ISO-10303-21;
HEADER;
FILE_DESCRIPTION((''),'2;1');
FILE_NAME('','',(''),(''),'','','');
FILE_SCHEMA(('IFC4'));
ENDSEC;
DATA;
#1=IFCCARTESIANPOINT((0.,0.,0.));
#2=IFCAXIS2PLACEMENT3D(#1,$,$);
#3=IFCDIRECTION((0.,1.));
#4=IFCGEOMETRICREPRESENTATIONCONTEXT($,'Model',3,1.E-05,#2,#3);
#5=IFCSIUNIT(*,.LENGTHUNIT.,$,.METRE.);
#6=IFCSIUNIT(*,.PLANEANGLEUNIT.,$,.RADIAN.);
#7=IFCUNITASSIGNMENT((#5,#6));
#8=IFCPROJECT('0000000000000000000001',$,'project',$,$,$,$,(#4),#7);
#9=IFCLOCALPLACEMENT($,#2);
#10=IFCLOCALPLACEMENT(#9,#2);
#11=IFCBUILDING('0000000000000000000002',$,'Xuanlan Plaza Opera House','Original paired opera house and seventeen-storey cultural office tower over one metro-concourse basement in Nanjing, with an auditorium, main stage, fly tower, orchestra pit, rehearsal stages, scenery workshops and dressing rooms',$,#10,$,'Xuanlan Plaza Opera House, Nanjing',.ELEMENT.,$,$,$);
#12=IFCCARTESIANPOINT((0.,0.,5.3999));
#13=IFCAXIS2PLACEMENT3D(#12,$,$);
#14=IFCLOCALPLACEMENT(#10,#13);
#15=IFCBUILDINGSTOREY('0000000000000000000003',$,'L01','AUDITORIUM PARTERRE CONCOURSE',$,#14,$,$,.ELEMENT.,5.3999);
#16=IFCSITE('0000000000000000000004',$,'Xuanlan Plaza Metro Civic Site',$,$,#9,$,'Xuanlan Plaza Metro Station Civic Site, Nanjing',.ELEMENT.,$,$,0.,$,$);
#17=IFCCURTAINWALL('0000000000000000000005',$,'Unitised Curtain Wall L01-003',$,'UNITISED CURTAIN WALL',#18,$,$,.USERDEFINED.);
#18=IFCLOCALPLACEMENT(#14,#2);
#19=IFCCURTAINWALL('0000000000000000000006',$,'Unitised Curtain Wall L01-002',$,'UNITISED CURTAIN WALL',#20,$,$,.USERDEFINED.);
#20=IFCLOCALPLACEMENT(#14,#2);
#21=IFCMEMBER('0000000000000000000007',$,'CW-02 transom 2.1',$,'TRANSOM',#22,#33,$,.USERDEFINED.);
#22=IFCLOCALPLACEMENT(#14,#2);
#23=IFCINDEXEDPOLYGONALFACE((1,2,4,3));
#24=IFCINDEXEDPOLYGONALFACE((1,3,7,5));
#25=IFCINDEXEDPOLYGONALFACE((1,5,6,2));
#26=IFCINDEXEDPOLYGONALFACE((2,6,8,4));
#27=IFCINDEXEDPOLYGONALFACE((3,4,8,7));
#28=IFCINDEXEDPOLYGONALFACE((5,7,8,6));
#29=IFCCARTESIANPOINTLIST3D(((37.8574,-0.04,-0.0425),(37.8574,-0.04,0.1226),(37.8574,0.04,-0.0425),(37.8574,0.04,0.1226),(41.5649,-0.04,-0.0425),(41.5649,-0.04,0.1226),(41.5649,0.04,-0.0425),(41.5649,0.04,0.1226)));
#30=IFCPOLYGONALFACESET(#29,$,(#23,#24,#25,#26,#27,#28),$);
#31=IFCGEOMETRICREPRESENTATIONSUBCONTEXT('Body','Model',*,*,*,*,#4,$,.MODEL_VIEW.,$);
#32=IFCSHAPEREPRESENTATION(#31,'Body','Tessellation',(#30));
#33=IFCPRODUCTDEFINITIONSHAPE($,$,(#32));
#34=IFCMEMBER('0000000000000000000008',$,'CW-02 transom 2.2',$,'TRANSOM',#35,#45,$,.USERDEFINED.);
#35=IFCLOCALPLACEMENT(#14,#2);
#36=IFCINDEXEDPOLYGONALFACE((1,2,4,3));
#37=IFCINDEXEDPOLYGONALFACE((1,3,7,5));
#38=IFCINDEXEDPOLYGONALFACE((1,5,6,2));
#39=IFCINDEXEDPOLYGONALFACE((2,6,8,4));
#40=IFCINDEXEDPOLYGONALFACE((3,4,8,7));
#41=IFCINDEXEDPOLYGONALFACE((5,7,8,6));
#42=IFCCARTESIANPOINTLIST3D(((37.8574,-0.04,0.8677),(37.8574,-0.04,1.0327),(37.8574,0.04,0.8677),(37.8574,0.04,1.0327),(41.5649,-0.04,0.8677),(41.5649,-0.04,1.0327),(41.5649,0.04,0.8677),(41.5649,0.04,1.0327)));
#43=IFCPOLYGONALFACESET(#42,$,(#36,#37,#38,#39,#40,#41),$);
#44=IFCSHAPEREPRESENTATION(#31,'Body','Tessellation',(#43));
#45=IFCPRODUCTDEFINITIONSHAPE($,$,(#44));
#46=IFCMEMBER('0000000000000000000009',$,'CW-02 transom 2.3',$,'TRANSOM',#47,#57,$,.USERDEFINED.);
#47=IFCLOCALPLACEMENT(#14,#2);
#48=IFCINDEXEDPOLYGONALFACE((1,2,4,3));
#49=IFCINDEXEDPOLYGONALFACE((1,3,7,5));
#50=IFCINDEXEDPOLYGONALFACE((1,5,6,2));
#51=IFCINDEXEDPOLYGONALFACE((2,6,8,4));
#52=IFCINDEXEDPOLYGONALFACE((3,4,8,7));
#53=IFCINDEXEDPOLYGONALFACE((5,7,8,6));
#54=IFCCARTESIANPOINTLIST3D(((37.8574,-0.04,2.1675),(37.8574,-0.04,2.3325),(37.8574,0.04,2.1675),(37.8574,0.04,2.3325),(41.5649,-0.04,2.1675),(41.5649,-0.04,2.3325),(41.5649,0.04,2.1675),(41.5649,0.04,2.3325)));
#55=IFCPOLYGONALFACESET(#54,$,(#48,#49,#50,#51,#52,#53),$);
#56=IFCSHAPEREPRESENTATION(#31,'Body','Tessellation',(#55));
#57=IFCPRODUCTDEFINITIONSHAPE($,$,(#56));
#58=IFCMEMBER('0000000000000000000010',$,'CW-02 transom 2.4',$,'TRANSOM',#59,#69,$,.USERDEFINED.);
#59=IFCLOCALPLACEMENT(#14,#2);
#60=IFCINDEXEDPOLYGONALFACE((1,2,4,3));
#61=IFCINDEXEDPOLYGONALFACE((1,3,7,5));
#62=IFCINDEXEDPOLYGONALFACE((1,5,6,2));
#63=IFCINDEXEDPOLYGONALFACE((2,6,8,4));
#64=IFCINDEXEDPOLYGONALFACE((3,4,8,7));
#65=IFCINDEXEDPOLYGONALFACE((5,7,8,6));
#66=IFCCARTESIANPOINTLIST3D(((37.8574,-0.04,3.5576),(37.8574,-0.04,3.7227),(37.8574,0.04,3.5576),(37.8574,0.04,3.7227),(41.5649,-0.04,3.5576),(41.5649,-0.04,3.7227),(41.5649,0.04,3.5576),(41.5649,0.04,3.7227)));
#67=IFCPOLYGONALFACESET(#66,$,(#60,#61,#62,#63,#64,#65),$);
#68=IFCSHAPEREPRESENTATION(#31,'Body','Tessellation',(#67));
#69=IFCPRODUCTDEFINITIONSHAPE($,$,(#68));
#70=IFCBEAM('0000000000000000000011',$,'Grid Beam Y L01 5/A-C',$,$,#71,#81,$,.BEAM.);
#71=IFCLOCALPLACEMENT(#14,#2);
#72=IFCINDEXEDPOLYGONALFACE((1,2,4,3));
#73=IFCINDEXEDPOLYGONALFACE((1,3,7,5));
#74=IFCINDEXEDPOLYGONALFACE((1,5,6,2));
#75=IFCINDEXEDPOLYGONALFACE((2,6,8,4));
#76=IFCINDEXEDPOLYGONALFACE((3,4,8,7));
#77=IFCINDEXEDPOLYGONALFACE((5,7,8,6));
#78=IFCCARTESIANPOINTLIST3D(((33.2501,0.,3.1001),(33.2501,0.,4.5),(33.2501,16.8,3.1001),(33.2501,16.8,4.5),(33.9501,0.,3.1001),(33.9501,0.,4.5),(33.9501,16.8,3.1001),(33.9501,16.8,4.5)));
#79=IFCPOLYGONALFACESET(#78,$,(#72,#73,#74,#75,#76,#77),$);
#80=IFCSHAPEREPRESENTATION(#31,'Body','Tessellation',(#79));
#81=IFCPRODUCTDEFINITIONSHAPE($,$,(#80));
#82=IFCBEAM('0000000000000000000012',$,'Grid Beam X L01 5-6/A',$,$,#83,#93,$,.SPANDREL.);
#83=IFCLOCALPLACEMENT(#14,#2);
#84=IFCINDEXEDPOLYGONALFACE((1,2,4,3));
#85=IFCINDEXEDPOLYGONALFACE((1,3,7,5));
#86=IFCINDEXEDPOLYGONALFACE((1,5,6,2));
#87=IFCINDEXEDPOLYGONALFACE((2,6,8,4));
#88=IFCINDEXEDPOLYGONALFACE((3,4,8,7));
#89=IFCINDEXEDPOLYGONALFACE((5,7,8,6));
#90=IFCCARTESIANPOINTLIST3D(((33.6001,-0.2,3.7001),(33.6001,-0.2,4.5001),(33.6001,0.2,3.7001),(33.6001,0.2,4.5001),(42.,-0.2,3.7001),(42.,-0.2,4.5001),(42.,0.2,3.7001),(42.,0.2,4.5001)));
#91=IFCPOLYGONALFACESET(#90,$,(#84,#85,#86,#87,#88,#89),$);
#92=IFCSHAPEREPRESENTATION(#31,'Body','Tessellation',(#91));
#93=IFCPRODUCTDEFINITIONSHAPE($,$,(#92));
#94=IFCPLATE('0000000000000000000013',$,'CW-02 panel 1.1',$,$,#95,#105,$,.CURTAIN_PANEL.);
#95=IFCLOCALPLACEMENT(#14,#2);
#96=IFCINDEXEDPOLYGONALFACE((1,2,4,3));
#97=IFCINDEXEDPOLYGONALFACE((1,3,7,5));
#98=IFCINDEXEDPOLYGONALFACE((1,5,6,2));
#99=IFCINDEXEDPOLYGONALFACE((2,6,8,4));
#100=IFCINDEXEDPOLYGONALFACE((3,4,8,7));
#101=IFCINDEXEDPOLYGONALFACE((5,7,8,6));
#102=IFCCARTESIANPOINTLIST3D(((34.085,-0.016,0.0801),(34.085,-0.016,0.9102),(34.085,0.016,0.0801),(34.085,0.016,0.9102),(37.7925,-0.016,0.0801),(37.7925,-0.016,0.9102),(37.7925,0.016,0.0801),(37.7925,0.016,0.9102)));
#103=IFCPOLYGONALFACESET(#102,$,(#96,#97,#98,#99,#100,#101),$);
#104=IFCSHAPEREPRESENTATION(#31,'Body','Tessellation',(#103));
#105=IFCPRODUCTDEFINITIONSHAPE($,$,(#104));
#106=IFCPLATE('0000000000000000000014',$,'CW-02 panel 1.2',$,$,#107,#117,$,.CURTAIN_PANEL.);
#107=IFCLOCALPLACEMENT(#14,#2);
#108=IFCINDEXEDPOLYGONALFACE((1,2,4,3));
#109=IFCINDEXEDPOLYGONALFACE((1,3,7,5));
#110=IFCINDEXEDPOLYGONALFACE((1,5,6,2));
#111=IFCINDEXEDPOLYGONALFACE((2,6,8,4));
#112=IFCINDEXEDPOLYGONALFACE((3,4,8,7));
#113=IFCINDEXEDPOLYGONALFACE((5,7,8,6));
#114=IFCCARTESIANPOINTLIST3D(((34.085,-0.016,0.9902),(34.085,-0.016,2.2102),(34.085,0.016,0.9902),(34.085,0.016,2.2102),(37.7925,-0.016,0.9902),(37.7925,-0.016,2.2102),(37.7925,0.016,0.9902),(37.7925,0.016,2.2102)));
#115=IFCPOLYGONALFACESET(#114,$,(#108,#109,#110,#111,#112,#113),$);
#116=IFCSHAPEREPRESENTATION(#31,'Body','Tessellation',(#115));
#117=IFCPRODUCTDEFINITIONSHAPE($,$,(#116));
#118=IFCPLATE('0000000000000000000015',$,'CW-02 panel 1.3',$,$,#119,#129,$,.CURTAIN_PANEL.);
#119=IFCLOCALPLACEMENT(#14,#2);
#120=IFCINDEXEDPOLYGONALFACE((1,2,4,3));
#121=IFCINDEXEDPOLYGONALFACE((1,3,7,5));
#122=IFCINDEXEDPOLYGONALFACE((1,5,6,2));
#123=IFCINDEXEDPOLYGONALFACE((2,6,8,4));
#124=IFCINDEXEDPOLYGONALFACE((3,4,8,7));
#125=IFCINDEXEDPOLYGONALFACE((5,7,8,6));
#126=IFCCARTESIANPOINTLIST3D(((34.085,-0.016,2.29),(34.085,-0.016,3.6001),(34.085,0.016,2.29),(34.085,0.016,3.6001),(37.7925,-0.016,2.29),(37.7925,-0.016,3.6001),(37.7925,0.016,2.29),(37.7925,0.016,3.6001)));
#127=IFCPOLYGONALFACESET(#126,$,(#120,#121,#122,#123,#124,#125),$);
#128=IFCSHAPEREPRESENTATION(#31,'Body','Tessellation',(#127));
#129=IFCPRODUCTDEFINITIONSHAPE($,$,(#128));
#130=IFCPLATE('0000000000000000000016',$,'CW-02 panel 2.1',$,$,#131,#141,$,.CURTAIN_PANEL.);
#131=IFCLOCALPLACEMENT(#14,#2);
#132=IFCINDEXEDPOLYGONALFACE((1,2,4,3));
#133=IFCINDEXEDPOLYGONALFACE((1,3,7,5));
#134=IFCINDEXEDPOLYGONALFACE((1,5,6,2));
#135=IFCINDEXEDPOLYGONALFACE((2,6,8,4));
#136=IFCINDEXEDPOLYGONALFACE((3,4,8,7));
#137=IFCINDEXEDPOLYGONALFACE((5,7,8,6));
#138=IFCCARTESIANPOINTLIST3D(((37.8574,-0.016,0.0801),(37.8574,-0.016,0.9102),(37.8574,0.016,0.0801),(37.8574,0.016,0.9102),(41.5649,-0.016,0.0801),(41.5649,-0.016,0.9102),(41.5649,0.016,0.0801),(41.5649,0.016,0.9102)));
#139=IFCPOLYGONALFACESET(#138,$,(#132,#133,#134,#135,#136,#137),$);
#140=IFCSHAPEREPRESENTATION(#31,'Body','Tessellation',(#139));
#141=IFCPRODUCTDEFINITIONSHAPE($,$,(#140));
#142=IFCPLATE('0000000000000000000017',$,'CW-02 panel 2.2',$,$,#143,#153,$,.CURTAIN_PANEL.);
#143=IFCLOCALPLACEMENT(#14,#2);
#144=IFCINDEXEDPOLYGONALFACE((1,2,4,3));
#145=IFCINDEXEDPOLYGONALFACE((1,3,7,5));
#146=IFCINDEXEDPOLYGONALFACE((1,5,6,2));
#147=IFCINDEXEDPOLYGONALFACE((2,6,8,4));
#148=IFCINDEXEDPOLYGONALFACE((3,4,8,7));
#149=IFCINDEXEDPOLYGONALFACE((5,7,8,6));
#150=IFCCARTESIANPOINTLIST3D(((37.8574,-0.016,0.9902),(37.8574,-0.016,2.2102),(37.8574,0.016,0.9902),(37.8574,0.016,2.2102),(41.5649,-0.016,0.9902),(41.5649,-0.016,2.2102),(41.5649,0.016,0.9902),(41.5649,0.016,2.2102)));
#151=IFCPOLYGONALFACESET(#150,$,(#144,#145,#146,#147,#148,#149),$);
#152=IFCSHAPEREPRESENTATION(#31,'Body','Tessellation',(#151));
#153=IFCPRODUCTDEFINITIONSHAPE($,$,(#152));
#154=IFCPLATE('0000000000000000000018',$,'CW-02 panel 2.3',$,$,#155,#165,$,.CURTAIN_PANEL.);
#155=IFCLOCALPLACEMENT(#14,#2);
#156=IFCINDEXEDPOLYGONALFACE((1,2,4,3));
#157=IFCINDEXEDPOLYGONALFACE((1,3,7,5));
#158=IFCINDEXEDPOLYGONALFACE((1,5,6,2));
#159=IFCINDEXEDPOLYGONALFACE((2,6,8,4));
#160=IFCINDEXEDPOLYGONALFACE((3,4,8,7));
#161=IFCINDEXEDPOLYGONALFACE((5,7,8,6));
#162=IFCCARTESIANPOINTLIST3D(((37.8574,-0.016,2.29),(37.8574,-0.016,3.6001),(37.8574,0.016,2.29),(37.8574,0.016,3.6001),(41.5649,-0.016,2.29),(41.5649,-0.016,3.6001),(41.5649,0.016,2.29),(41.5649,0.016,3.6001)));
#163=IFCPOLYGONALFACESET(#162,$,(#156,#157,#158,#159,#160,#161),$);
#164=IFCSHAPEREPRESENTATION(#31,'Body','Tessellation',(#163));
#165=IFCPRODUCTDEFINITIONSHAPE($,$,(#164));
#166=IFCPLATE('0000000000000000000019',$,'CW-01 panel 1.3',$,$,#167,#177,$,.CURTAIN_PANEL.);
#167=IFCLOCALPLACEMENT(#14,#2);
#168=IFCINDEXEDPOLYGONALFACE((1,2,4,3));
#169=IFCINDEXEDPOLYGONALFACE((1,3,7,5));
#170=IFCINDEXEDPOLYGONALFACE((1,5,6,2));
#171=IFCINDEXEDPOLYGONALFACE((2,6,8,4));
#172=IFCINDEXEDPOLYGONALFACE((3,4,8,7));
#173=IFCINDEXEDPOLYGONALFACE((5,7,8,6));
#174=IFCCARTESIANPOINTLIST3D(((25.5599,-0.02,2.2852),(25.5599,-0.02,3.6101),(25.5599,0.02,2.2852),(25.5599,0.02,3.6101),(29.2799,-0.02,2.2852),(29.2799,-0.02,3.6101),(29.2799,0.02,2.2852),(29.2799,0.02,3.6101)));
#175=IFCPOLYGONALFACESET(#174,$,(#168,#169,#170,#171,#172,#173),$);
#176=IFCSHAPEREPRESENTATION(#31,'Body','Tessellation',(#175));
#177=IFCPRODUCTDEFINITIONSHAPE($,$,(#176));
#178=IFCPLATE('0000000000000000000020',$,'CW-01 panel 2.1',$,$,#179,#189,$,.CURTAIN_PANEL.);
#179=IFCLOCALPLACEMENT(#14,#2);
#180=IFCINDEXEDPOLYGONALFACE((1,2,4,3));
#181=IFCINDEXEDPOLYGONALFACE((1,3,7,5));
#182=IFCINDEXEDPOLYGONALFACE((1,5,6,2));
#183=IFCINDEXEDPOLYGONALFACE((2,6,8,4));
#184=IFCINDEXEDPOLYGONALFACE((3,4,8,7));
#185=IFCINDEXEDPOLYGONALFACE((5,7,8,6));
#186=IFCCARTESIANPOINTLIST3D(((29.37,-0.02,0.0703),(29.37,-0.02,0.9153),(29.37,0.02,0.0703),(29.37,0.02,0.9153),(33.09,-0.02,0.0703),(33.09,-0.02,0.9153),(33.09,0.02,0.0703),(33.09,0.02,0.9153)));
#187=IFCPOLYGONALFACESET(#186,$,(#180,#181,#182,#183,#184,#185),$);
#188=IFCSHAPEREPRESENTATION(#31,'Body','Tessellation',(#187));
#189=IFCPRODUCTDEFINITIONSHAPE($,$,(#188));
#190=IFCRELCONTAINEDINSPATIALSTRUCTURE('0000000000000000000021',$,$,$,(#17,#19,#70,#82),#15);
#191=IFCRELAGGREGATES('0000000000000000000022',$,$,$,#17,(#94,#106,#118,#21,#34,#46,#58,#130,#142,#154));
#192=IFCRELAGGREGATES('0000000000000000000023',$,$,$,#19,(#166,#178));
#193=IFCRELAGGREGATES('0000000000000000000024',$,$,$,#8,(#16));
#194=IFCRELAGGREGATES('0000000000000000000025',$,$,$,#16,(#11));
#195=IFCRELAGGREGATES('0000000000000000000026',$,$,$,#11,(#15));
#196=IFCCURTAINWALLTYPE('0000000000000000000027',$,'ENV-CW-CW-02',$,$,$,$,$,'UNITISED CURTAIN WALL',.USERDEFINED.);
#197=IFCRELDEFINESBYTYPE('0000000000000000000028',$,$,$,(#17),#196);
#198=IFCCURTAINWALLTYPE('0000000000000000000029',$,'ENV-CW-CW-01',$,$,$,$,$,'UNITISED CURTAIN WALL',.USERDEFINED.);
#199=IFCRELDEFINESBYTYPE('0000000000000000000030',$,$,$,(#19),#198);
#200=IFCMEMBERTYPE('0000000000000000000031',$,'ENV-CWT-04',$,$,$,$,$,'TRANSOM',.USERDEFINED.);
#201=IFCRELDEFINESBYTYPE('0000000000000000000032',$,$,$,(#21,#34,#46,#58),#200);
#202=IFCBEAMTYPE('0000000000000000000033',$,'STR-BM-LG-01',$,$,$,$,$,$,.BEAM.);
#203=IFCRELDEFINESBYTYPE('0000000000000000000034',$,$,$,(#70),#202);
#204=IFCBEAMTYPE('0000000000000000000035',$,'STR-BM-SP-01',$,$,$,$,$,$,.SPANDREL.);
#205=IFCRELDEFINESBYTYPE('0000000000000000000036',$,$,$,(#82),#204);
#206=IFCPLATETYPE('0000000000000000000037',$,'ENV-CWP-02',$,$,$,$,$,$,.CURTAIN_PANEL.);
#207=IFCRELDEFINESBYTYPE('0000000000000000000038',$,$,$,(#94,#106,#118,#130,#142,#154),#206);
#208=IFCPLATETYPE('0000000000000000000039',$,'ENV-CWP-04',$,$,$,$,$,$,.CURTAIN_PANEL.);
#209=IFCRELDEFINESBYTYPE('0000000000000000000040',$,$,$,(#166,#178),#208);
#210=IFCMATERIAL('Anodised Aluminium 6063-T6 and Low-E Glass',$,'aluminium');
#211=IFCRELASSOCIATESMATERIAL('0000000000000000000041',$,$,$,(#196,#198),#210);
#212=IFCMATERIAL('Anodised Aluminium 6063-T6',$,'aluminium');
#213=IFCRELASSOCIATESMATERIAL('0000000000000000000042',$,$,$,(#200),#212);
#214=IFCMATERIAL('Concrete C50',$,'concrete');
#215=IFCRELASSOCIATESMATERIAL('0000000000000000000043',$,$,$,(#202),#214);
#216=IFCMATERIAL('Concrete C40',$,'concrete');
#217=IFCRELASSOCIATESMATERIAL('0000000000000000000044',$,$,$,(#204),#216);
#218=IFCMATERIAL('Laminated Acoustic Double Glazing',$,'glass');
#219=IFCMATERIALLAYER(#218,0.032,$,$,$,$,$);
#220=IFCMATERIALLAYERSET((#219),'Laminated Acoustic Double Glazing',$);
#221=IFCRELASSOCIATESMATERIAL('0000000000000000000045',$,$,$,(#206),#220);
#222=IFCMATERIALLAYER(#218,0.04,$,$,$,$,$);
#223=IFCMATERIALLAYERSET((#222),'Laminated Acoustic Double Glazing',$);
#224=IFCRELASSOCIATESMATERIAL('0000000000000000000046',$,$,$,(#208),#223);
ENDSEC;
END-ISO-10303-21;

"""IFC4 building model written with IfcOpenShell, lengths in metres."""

from ifc_helpers import new_model, si_unit, direction, frame, origin, origin_2d, place, context, subcontext, project, spatial, rectangle, extrude, material, layer, layer_set, material_profile, profile_set, type_object, element, aggregate, save


model = new_model("IFC4")

# Units and contexts
model_context = context("Model", 3, precision=1e-05, world=origin(), true_north=direction((0.0, 1.0)))
body_context = subcontext(model_context, "Body", "Model", "MODEL_VIEW")
ifc_project = project(units=[si_unit("LENGTHUNIT", "METRE"), si_unit("PLANEANGLEUNIT", "RADIAN")], contexts=[model_context])

# Site, building, storey
site_placement = place(None, origin())
site = spatial("IfcSite", under=ifc_project, at=site_placement, Name="Xuanlan Plaza Metro Civic Site", LongName="Xuanlan Plaza Metro Station Civic Site, Nanjing", CompositionType="ELEMENT", RefElevation=0.0)
building_placement = place(site_placement, origin())
building = spatial("IfcBuilding", under=site, at=building_placement, Name="Xuanlan Plaza Opera House", Description="Original paired opera house and seventeen-storey cultural office tower over one metro-concourse basement in Nanjing, with an auditorium, main stage, fly tower, orchestra pit, rehearsal stages, scenery workshops and dressing rooms", LongName="Xuanlan Plaza Opera House, Nanjing", CompositionType="ELEMENT")
storey_placement = place(building_placement, frame((0.0, 0.0, 5.3999)))
storey = spatial("IfcBuildingStorey", under=building, at=storey_placement, Name="L01", Description="AUDITORIUM PARTERRE CONCOURSE", CompositionType="ELEMENT", Elevation=5.3999)

# Shared definitions
ifc_material_1 = material(Name="Concrete C40", Category="concrete")

# Curtain walls
ifc_material_2 = material(Name="Anodised Aluminium 6063-T6 and Low-E Glass", Category="aluminium")
curtain_wall_type_1 = type_object("IfcCurtainWallType", Name="ENV-CW-CW-02", ElementType="UNITISED CURTAIN WALL", PredefinedType="USERDEFINED", material=ifc_material_2)
curtain_wall_1_placement = place(storey_placement, origin())
curtain_wall_1 = element("IfcCurtainWall", 1, at=curtain_wall_1_placement, inside=storey, type_object=curtain_wall_type_1, Name="Unitised Curtain Wall L01-003", ObjectType="UNITISED CURTAIN WALL", PredefinedType="USERDEFINED")
ifc_material_3 = material(Name="Anodised Aluminium 6063-T6", Category="aluminium")
curtain_wall_type_2 = type_object("IfcCurtainWallType", Name="ENV-CW-CW-01", ElementType="UNITISED CURTAIN WALL", PredefinedType="USERDEFINED", material=ifc_material_2)
curtain_wall_2_placement = place(storey_placement, origin())
curtain_wall_2 = element("IfcCurtainWall", 2, at=curtain_wall_2_placement, inside=storey, type_object=curtain_wall_type_2, Name="Unitised Curtain Wall L01-002", ObjectType="UNITISED CURTAIN WALL", PredefinedType="USERDEFINED")

# Members
ifc_material_profile_1 = material_profile(ifc_material_3, rectangle(XDim=0.0801, YDim=0.165, at=origin_2d()), Name="ALU-T 80x165")
ifc_profile_set_1 = profile_set([ifc_material_profile_1], Name="Anodised Aluminium 6063-T6")
member_type_1 = type_object("IfcMemberType", Name="ENV-CWT-04", ElementType="TRANSOM", PredefinedType="USERDEFINED", material=ifc_profile_set_1)
member_1_placement = place(storey_placement, frame((37.8574, 0.0, 0.04), z_axis=(1.0, 0.0, 0.0), x_axis=(0.0, 1.0, 0.0)))
member_1 = element("IfcMember", 3, at=member_1_placement, type_object=member_type_1, Name="CW-02 transom 2.1", ObjectType="TRANSOM", PredefinedType="USERDEFINED", context=body_context, shape_type="SweptSolid", body=[
    extrude(rectangle(XDim=0.0801, YDim=0.165, at=origin_2d()), origin(), (0.0, 0.0, 1.0), 3.7075),
])
member_2_placement = place(storey_placement, frame((37.8574, 0.0, 0.9502), z_axis=(1.0, 0.0, 0.0), x_axis=(0.0, 1.0, 0.0)))
member_2 = element("IfcMember", 4, at=member_2_placement, type_object=member_type_1, Name="CW-02 transom 2.2", ObjectType="TRANSOM", PredefinedType="USERDEFINED", context=body_context, shape_type="SweptSolid", body=[
    extrude(rectangle(XDim=0.0801, YDim=0.165, at=origin_2d()), origin(), (0.0, 0.0, 1.0), 3.7075),
])
member_3_placement = place(storey_placement, frame((37.8574, 0.0, 2.25), z_axis=(1.0, 0.0, 0.0), x_axis=(0.0, 1.0, 0.0)))
member_3 = element("IfcMember", 5, at=member_3_placement, type_object=member_type_1, Name="CW-02 transom 2.3", ObjectType="TRANSOM", PredefinedType="USERDEFINED", context=body_context, shape_type="SweptSolid", body=[
    extrude(rectangle(XDim=0.0801, YDim=0.165, at=origin_2d()), origin(), (0.0, 0.0, 1.0), 3.7075),
])
member_4_placement = place(storey_placement, frame((37.8574, 0.0, 3.6401), z_axis=(1.0, 0.0, 0.0), x_axis=(0.0, 1.0, 0.0)))
member_4 = element("IfcMember", 6, at=member_4_placement, type_object=member_type_1, Name="CW-02 transom 2.4", ObjectType="TRANSOM", PredefinedType="USERDEFINED", context=body_context, shape_type="SweptSolid", body=[
    extrude(rectangle(XDim=0.0801, YDim=0.165, at=origin_2d()), origin(), (0.0, 0.0, 1.0), 3.7075),
])

# Beams
ifc_material_4 = material(Name="Concrete C50", Category="concrete")
ifc_material_profile_2 = material_profile(ifc_material_4, rectangle(XDim=0.7, YDim=1.3999, at=origin_2d()), Name="RC-LG 700x1400")
ifc_profile_set_2 = profile_set([ifc_material_profile_2], Name="Concrete C50")
beam_type_1 = type_object("IfcBeamType", Name="STR-BM-LG-01", PredefinedType="BEAM", material=ifc_profile_set_2)
beam_1_placement = place(storey_placement, frame((33.6001, 0.0, 3.8), z_axis=(0.0, 1.0, 0.0), x_axis=(-1.0, 0.0, 0.0)))
element("IfcBeam", 7, at=beam_1_placement, inside=storey, type_object=beam_type_1, Name="Grid Beam Y L01 5/A-C", PredefinedType="BEAM", context=body_context, shape_type="SweptSolid", body=[
    extrude(rectangle(XDim=0.7, YDim=1.3999, at=origin_2d()), origin(), (0.0, 0.0, 1.0), 16.8),
])
ifc_material_profile_3 = material_profile(ifc_material_1, rectangle(XDim=0.3999, YDim=0.8, at=origin_2d()), Name="RC-SPD 400x800")
ifc_profile_set_3 = profile_set([ifc_material_profile_3], Name="Concrete C40")
beam_type_2 = type_object("IfcBeamType", Name="STR-BM-SP-01", PredefinedType="SPANDREL", material=ifc_profile_set_3)
beam_2_placement = place(storey_placement, frame((33.6001, 0.0, 4.1001), z_axis=(1.0, 0.0, 0.0), x_axis=(0.0, 1.0, 0.0)))
element("IfcBeam", 8, at=beam_2_placement, inside=storey, type_object=beam_type_2, Name="Grid Beam X L01 5-6/A", PredefinedType="SPANDREL", context=body_context, shape_type="SweptSolid", body=[
    extrude(rectangle(XDim=0.3999, YDim=0.8, at=origin_2d()), origin(), (0.0, 0.0, 1.0), 8.3999),
])

# Plates
ifc_material_5 = material(Name="Laminated Acoustic Double Glazing", Category="glass")
ifc_layer_1 = layer(ifc_material_5, 0.032)
ifc_layer_set_1 = layer_set([ifc_layer_1], Name="Laminated Acoustic Double Glazing")
plate_type_1 = type_object("IfcPlateType", Name="ENV-CWP-02", PredefinedType="CURTAIN_PANEL", material=ifc_layer_set_1)
plate_1_placement = place(storey_placement, frame((35.9387, 0.0, 0.0801), z_axis=(0.0, 0.0, 1.0), x_axis=(1.0, 0.0, 0.0)))
plate_1 = element("IfcPlate", 9, at=plate_1_placement, type_object=plate_type_1, Name="CW-02 panel 1.1", PredefinedType="CURTAIN_PANEL", context=body_context, shape_type="SweptSolid", body=[
    extrude(rectangle(XDim=3.7075, YDim=0.032, at=origin_2d()), origin(), (0.0, 0.0, 1.0), 0.8301),
])
plate_2_placement = place(storey_placement, frame((35.9387, 0.0, 0.9902), z_axis=(0.0, 0.0, 1.0), x_axis=(1.0, 0.0, 0.0)))
plate_2 = element("IfcPlate", 10, at=plate_2_placement, type_object=plate_type_1, Name="CW-02 panel 1.2", PredefinedType="CURTAIN_PANEL", context=body_context, shape_type="SweptSolid", body=[
    extrude(rectangle(XDim=3.7075, YDim=0.032, at=origin_2d()), origin(), (0.0, 0.0, 1.0), 1.22),
])
plate_3_placement = place(storey_placement, frame((35.9387, 0.0, 2.29), z_axis=(0.0, 0.0, 1.0), x_axis=(1.0, 0.0, 0.0)))
plate_3 = element("IfcPlate", 11, at=plate_3_placement, type_object=plate_type_1, Name="CW-02 panel 1.3", PredefinedType="CURTAIN_PANEL", context=body_context, shape_type="SweptSolid", body=[
    extrude(rectangle(XDim=3.7075, YDim=0.032, at=origin_2d()), origin(), (0.0, 0.0, 1.0), 1.3101),
])
plate_4_placement = place(storey_placement, frame((39.7112, 0.0, 0.0801), z_axis=(0.0, 0.0, 1.0), x_axis=(1.0, 0.0, 0.0)))
plate_4 = element("IfcPlate", 12, at=plate_4_placement, type_object=plate_type_1, Name="CW-02 panel 2.1", PredefinedType="CURTAIN_PANEL", context=body_context, shape_type="SweptSolid", body=[
    extrude(rectangle(XDim=3.7075, YDim=0.032, at=origin_2d()), origin(), (0.0, 0.0, 1.0), 0.8301),
])
plate_5_placement = place(storey_placement, frame((39.7112, 0.0, 0.9902), z_axis=(0.0, 0.0, 1.0), x_axis=(1.0, 0.0, 0.0)))
plate_5 = element("IfcPlate", 13, at=plate_5_placement, type_object=plate_type_1, Name="CW-02 panel 2.2", PredefinedType="CURTAIN_PANEL", context=body_context, shape_type="SweptSolid", body=[
    extrude(rectangle(XDim=3.7075, YDim=0.032, at=origin_2d()), origin(), (0.0, 0.0, 1.0), 1.22),
])
plate_6_placement = place(storey_placement, frame((39.7112, 0.0, 2.29), z_axis=(0.0, 0.0, 1.0), x_axis=(1.0, 0.0, 0.0)))
plate_6 = element("IfcPlate", 14, at=plate_6_placement, type_object=plate_type_1, Name="CW-02 panel 2.3", PredefinedType="CURTAIN_PANEL", context=body_context, shape_type="SweptSolid", body=[
    extrude(rectangle(XDim=3.7075, YDim=0.032, at=origin_2d()), origin(), (0.0, 0.0, 1.0), 1.3101),
])
aggregate(curtain_wall_1, [plate_1, plate_2, plate_3, member_1, member_2, member_3, member_4, plate_4, plate_5, plate_6])
ifc_layer_2 = layer(ifc_material_5, 0.04)
ifc_layer_set_2 = layer_set([ifc_layer_2], Name="Laminated Acoustic Double Glazing")
plate_type_2 = type_object("IfcPlateType", Name="ENV-CWP-04", PredefinedType="CURTAIN_PANEL", material=ifc_layer_set_2)
plate_7_placement = place(storey_placement, frame((27.4199, 0.0, 2.2852), z_axis=(0.0, 0.0, 1.0), x_axis=(1.0, 0.0, 0.0)))
plate_7 = element("IfcPlate", 15, at=plate_7_placement, type_object=plate_type_2, Name="CW-01 panel 1.3", PredefinedType="CURTAIN_PANEL", context=body_context, shape_type="SweptSolid", body=[
    extrude(rectangle(XDim=3.72, YDim=0.04, at=origin_2d()), origin(), (0.0, 0.0, 1.0), 1.325),
])
plate_8_placement = place(storey_placement, frame((31.23, 0.0, 0.0703), z_axis=(0.0, 0.0, 1.0), x_axis=(1.0, 0.0, 0.0)))
plate_8 = element("IfcPlate", 16, at=plate_8_placement, type_object=plate_type_2, Name="CW-01 panel 2.1", PredefinedType="CURTAIN_PANEL", context=body_context, shape_type="SweptSolid", body=[
    extrude(rectangle(XDim=3.72, YDim=0.04, at=origin_2d()), origin(), (0.0, 0.0, 1.0), 0.845),
])
aggregate(curtain_wall_2, [plate_7, plate_8])

save(model, "model.ifc")
